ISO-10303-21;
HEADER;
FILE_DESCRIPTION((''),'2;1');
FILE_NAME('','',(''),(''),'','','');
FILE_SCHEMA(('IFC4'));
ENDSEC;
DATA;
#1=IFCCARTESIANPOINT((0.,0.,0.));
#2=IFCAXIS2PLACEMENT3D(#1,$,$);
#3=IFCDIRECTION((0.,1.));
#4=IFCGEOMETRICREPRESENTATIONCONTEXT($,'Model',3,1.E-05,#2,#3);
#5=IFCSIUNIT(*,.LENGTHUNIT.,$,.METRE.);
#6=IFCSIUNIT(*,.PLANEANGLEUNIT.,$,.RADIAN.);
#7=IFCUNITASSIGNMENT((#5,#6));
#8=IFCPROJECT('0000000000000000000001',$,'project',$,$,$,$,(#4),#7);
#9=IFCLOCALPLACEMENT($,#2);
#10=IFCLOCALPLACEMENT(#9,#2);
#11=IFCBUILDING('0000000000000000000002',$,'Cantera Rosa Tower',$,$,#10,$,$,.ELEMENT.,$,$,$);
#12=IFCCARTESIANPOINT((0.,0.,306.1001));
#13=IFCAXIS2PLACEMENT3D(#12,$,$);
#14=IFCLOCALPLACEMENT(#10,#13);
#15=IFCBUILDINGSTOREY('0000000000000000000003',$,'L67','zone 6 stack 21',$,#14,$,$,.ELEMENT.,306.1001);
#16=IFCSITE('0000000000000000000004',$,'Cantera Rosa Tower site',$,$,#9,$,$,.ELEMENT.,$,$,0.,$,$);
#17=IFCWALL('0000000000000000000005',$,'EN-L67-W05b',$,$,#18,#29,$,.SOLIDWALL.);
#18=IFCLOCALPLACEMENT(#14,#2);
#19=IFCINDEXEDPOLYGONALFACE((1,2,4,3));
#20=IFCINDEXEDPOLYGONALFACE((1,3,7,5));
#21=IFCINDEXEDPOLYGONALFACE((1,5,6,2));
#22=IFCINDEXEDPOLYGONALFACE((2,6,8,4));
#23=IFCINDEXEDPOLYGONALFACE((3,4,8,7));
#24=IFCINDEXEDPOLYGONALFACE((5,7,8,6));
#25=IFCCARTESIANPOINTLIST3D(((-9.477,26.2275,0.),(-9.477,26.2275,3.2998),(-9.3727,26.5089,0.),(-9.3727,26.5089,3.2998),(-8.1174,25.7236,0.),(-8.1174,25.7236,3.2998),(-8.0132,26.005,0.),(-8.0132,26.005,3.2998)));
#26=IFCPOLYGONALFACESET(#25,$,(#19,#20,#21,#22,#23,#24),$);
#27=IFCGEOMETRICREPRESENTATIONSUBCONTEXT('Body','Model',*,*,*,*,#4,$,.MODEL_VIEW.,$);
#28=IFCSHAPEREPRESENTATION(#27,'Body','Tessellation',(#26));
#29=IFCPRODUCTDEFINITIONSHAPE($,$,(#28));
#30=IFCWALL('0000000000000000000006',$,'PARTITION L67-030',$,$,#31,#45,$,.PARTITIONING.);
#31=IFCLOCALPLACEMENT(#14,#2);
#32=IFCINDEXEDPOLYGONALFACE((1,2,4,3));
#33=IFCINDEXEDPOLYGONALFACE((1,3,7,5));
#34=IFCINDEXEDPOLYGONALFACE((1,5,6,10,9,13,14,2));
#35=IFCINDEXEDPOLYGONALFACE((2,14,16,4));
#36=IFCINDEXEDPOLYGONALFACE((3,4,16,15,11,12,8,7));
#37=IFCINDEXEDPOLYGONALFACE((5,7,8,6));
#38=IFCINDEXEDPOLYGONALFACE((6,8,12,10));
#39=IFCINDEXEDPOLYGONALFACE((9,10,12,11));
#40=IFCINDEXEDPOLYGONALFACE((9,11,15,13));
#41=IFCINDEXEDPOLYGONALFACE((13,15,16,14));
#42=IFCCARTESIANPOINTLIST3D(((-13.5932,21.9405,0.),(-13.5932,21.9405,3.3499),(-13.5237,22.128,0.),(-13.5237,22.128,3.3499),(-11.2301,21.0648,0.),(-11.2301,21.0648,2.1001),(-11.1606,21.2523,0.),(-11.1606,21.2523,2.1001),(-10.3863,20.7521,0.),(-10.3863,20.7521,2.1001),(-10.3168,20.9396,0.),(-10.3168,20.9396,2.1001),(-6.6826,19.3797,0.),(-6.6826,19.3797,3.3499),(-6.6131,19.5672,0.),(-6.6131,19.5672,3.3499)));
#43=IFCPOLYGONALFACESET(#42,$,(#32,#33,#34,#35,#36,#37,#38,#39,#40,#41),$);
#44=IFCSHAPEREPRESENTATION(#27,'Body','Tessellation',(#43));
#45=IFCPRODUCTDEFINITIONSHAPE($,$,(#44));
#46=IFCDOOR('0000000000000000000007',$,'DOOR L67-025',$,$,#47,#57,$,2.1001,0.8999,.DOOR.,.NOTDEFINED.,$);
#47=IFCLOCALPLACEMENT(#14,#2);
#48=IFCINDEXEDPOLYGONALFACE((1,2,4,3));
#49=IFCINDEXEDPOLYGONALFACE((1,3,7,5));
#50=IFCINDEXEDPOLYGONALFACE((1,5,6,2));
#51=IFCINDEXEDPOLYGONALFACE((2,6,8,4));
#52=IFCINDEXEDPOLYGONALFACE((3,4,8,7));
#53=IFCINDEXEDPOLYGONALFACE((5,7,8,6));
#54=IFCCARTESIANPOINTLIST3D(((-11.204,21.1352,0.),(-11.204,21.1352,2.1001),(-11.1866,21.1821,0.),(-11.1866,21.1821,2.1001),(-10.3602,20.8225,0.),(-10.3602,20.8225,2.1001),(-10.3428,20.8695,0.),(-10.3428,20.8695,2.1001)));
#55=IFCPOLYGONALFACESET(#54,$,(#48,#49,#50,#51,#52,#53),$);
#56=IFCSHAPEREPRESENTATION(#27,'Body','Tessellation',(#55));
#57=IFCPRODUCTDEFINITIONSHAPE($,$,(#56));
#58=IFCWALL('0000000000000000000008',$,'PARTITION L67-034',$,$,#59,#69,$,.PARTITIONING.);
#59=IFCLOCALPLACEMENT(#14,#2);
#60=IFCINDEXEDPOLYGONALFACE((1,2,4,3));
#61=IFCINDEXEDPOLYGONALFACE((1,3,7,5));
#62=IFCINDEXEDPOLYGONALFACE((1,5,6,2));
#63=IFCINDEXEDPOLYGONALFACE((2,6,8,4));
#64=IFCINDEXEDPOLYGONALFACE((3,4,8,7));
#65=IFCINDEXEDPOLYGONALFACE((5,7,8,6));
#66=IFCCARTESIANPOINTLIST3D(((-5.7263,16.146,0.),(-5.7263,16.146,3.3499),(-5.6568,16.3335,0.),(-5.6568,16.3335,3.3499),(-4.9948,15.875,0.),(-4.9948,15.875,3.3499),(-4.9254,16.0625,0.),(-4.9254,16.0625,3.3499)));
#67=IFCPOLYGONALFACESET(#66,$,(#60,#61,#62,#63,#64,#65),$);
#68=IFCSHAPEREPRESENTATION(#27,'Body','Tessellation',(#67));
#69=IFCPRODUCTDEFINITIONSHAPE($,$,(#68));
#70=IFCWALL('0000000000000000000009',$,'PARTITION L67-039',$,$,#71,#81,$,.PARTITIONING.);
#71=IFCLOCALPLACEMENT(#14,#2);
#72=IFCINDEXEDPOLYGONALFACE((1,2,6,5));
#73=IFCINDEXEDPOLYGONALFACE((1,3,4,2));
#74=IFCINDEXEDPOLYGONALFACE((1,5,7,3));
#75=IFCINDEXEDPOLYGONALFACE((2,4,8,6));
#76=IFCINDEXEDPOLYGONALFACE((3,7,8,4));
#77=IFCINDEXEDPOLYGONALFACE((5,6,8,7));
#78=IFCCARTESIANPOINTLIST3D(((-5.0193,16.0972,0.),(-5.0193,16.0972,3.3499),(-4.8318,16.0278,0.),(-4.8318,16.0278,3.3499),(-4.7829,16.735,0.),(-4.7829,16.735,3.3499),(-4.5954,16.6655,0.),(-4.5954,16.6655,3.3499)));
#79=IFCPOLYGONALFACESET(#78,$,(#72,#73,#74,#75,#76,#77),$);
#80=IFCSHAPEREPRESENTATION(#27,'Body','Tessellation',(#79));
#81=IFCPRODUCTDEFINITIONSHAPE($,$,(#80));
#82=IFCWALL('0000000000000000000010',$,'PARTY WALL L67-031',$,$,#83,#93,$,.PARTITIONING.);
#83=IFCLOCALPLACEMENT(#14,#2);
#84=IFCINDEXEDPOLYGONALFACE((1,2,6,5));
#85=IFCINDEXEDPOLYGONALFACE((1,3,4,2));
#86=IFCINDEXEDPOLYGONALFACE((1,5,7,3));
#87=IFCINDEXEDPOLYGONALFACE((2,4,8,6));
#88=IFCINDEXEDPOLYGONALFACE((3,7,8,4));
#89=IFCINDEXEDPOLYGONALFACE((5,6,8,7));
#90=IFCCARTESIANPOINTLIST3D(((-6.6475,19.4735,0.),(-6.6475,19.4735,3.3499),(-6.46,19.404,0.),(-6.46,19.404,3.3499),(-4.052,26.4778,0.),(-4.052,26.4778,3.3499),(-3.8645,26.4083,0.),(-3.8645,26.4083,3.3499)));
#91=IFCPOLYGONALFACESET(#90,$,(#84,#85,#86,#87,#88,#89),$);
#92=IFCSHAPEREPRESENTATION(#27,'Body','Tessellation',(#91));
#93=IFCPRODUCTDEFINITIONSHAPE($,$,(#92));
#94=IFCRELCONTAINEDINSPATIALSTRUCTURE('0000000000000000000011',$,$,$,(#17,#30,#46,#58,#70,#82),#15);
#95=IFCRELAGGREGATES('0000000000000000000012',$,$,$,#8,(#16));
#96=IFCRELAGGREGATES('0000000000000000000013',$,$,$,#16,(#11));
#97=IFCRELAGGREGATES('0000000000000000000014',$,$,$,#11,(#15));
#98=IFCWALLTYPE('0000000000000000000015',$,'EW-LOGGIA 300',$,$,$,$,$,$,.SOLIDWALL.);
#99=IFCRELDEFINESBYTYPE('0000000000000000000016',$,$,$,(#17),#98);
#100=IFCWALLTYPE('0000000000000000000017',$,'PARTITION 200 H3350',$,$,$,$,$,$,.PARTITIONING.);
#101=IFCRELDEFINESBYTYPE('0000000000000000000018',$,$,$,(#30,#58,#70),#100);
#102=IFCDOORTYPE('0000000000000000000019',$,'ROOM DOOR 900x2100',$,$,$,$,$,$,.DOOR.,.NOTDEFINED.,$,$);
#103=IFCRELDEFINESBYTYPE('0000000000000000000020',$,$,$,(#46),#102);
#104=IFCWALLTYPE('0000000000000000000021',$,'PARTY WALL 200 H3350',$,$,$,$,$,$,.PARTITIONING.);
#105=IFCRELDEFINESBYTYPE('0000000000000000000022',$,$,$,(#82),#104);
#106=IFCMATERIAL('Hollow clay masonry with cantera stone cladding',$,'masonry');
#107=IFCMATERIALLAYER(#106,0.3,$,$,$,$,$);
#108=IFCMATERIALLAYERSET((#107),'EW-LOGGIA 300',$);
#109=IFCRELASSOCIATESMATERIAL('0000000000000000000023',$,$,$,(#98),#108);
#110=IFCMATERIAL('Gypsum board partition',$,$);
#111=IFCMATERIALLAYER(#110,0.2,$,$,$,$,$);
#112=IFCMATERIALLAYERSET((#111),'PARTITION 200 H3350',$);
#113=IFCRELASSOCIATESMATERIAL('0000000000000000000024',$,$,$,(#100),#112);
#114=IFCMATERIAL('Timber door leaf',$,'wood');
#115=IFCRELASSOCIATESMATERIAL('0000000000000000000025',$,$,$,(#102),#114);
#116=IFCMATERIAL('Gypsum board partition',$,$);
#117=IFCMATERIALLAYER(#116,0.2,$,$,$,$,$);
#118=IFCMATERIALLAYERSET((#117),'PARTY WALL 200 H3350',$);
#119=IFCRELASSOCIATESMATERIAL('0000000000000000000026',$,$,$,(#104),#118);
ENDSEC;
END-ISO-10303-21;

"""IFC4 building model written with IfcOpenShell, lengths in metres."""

from ifc_helpers import new_model, si_unit, direction, frame, frame_2d, origin, place, context, subcontext, project, spatial, rectangle, extrude, material, layer, layer_set, type_object, element, fill, save


model = new_model("IFC4")

# Units and contexts
model_context = context("Model", 3, precision=1e-05, world=origin(), true_north=direction((0.0, 1.0)))
body_context = subcontext(model_context, "Body", "Model", "MODEL_VIEW")
ifc_project = project(units=[si_unit("LENGTHUNIT", "METRE"), si_unit("PLANEANGLEUNIT", "RADIAN")], contexts=[model_context])

# Site, building, storey
site_placement = place(None, origin())
site = spatial("IfcSite", under=ifc_project, at=site_placement, Name="Cantera Rosa Tower site", CompositionType="ELEMENT", RefElevation=0.0)
building_placement = place(site_placement, origin())
building = spatial("IfcBuilding", under=site, at=building_placement, Name="Cantera Rosa Tower", CompositionType="ELEMENT")
storey_placement = place(building_placement, frame((0.0, 0.0, 306.1001)))
storey = spatial("IfcBuildingStorey", under=building, at=storey_placement, Name="L67", Description="zone 6 stack 21", CompositionType="ELEMENT", Elevation=306.1001)

# Wall
ifc_material_1 = material(Name="Hollow clay masonry with cantera stone cladding", Category="masonry")
ifc_layer_1 = layer(ifc_material_1, 0.3)
ifc_layer_set_1 = layer_set([ifc_layer_1], Name="EW-LOGGIA 300")
wall_type_1 = type_object("IfcWallType", Name="EW-LOGGIA 300", PredefinedType="SOLIDWALL", material=ifc_layer_set_1)
wall_1_placement = place(storey_placement, frame((-8.0652, 25.8643, 0.0), z_axis=(0.0, 0.0, 1.0), x_axis=(-0.937672, 0.347523, 0.0)))
element("IfcWall", 1, at=wall_1_placement, inside=storey, type_object=wall_type_1, Name="EN-L67-W05b", PredefinedType="SOLIDWALL", context=body_context, shape_type="SweptSolid", body=[
    extrude(rectangle(XDim=1.45, YDim=0.3, at=frame_2d((0.7251, 0.0))), origin(), (0.0, 0.0, 1.0), 3.2998),
])

# Wall, opening, door
ifc_material_2 = material(Name="Gypsum board partition")
ifc_layer_2 = layer(ifc_material_2, 0.2)
ifc_layer_set_2 = layer_set([ifc_layer_2], Name="PARTITION 200 H3350")
wall_type_2 = type_object("IfcWallType", Name="PARTITION 200 H3350", PredefinedType="PARTITIONING", material=ifc_layer_set_2)
wall_2_placement = place(storey_placement, frame((-6.6477, 19.4734, 0.0), z_axis=(0.0, 0.0, 1.0), x_axis=(-0.937692, 0.347469, 0.0)))
wall_2 = element("IfcWall", 2, at=wall_2_placement, inside=storey, type_object=wall_type_2, Name="PARTITION L67-030", PredefinedType="PARTITIONING", context=body_context, shape_type="SweptSolid", body=[
    extrude(rectangle(XDim=7.3699, YDim=0.2, at=frame_2d((3.6851, 0.0))), origin(), (0.0, 0.0, 1.0), 3.3499),
])
opening_1_placement = place(wall_2_placement, frame((3.95, 0.0, 0.0)))
opening_1 = element("IfcOpeningElement", 3, at=opening_1_placement, cuts=wall_2, PredefinedType="OPENING", context=body_context, shape_type="SweptSolid", body=[
    extrude(rectangle(XDim=0.8999, YDim=2.1001, at=frame_2d((0.45, 1.05))), frame((0.0, 0.1099, 0.0), z_axis=(0.0, -1.0, 0.0), x_axis=(1.0, 0.0, 0.0)), (0.0, 0.0, 1.0), 0.22),
])
ifc_material_3 = material(Name="Timber door leaf", Category="wood")
door_type_1 = type_object("IfcDoorType", Name="ROOM DOOR 900x2100", OperationType="NOTDEFINED", PredefinedType="DOOR", material=ifc_material_3)
door_1_placement = place(opening_1_placement, origin())
door_1 = element("IfcDoor", 4, at=door_1_placement, inside=storey, type_object=door_type_1, Name="DOOR L67-025", OperationType="NOTDEFINED", OverallHeight=2.1001, OverallWidth=0.8999, PredefinedType="DOOR", context=body_context, shape_type="SweptSolid", body=[
    extrude(rectangle(XDim=0.8999, YDim=2.1001, at=frame_2d((0.45, 1.05))), frame((0.0, 0.0249, 0.0), z_axis=(0.0, -1.0, 0.0), x_axis=(1.0, 0.0, 0.0)), (0.0, 0.0, 1.0), 0.05),
])
fill(opening_1, door_1)

# Walls
wall_3_placement = place(storey_placement, frame((-5.6917, 16.2397, 0.0), z_axis=(0.0, 0.0, 1.0), x_axis=(0.937711, -0.347416, 0.0)))
element("IfcWall", 5, at=wall_3_placement, inside=storey, type_object=wall_type_2, Name="PARTITION L67-034", PredefinedType="PARTITIONING", context=body_context, shape_type="SweptSolid", body=[
    extrude(rectangle(XDim=0.78, YDim=0.2, at=frame_2d((0.3901, 0.0))), origin(), (0.0, 0.0, 1.0), 3.3499),
])
wall_4_placement = place(storey_placement, frame((-4.9255, 16.0625, 0.0), z_axis=(0.0, 0.0, 1.0), x_axis=(0.347501, 0.937679, 0.0)))
element("IfcWall", 6, at=wall_4_placement, inside=storey, type_object=wall_type_2, Name="PARTITION L67-039", PredefinedType="PARTITIONING", context=body_context, shape_type="SweptSolid", body=[
    extrude(rectangle(XDim=0.6802, YDim=0.2, at=frame_2d((0.3401, 0.0))), origin(), (0.0, 0.0, 1.0), 3.3499),
])
ifc_material_4 = material(Name="Gypsum board partition")
ifc_layer_3 = layer(ifc_material_4, 0.2)
ifc_layer_set_3 = layer_set([ifc_layer_3], Name="PARTY WALL 200 H3350")
wall_type_3 = type_object("IfcWallType", Name="PARTY WALL 200 H3350", PredefinedType="PARTITIONING", material=ifc_layer_set_3)
wall_5_placement = place(storey_placement, frame((-6.5537, 19.4387, 0.0), z_axis=(0.0, 0.0, 1.0), x_axis=(0.34746, 0.937695, 0.0)))
element("IfcWall", 7, at=wall_5_placement, inside=storey, type_object=wall_type_3, Name="PARTY WALL L67-031", PredefinedType="PARTITIONING", context=body_context, shape_type="SweptSolid", body=[
    extrude(rectangle(XDim=7.4697, YDim=0.2, at=frame_2d((3.7349, 0.0))), origin(), (0.0, 0.0, 1.0), 3.3499),
])

save(model, "model.ifc")
